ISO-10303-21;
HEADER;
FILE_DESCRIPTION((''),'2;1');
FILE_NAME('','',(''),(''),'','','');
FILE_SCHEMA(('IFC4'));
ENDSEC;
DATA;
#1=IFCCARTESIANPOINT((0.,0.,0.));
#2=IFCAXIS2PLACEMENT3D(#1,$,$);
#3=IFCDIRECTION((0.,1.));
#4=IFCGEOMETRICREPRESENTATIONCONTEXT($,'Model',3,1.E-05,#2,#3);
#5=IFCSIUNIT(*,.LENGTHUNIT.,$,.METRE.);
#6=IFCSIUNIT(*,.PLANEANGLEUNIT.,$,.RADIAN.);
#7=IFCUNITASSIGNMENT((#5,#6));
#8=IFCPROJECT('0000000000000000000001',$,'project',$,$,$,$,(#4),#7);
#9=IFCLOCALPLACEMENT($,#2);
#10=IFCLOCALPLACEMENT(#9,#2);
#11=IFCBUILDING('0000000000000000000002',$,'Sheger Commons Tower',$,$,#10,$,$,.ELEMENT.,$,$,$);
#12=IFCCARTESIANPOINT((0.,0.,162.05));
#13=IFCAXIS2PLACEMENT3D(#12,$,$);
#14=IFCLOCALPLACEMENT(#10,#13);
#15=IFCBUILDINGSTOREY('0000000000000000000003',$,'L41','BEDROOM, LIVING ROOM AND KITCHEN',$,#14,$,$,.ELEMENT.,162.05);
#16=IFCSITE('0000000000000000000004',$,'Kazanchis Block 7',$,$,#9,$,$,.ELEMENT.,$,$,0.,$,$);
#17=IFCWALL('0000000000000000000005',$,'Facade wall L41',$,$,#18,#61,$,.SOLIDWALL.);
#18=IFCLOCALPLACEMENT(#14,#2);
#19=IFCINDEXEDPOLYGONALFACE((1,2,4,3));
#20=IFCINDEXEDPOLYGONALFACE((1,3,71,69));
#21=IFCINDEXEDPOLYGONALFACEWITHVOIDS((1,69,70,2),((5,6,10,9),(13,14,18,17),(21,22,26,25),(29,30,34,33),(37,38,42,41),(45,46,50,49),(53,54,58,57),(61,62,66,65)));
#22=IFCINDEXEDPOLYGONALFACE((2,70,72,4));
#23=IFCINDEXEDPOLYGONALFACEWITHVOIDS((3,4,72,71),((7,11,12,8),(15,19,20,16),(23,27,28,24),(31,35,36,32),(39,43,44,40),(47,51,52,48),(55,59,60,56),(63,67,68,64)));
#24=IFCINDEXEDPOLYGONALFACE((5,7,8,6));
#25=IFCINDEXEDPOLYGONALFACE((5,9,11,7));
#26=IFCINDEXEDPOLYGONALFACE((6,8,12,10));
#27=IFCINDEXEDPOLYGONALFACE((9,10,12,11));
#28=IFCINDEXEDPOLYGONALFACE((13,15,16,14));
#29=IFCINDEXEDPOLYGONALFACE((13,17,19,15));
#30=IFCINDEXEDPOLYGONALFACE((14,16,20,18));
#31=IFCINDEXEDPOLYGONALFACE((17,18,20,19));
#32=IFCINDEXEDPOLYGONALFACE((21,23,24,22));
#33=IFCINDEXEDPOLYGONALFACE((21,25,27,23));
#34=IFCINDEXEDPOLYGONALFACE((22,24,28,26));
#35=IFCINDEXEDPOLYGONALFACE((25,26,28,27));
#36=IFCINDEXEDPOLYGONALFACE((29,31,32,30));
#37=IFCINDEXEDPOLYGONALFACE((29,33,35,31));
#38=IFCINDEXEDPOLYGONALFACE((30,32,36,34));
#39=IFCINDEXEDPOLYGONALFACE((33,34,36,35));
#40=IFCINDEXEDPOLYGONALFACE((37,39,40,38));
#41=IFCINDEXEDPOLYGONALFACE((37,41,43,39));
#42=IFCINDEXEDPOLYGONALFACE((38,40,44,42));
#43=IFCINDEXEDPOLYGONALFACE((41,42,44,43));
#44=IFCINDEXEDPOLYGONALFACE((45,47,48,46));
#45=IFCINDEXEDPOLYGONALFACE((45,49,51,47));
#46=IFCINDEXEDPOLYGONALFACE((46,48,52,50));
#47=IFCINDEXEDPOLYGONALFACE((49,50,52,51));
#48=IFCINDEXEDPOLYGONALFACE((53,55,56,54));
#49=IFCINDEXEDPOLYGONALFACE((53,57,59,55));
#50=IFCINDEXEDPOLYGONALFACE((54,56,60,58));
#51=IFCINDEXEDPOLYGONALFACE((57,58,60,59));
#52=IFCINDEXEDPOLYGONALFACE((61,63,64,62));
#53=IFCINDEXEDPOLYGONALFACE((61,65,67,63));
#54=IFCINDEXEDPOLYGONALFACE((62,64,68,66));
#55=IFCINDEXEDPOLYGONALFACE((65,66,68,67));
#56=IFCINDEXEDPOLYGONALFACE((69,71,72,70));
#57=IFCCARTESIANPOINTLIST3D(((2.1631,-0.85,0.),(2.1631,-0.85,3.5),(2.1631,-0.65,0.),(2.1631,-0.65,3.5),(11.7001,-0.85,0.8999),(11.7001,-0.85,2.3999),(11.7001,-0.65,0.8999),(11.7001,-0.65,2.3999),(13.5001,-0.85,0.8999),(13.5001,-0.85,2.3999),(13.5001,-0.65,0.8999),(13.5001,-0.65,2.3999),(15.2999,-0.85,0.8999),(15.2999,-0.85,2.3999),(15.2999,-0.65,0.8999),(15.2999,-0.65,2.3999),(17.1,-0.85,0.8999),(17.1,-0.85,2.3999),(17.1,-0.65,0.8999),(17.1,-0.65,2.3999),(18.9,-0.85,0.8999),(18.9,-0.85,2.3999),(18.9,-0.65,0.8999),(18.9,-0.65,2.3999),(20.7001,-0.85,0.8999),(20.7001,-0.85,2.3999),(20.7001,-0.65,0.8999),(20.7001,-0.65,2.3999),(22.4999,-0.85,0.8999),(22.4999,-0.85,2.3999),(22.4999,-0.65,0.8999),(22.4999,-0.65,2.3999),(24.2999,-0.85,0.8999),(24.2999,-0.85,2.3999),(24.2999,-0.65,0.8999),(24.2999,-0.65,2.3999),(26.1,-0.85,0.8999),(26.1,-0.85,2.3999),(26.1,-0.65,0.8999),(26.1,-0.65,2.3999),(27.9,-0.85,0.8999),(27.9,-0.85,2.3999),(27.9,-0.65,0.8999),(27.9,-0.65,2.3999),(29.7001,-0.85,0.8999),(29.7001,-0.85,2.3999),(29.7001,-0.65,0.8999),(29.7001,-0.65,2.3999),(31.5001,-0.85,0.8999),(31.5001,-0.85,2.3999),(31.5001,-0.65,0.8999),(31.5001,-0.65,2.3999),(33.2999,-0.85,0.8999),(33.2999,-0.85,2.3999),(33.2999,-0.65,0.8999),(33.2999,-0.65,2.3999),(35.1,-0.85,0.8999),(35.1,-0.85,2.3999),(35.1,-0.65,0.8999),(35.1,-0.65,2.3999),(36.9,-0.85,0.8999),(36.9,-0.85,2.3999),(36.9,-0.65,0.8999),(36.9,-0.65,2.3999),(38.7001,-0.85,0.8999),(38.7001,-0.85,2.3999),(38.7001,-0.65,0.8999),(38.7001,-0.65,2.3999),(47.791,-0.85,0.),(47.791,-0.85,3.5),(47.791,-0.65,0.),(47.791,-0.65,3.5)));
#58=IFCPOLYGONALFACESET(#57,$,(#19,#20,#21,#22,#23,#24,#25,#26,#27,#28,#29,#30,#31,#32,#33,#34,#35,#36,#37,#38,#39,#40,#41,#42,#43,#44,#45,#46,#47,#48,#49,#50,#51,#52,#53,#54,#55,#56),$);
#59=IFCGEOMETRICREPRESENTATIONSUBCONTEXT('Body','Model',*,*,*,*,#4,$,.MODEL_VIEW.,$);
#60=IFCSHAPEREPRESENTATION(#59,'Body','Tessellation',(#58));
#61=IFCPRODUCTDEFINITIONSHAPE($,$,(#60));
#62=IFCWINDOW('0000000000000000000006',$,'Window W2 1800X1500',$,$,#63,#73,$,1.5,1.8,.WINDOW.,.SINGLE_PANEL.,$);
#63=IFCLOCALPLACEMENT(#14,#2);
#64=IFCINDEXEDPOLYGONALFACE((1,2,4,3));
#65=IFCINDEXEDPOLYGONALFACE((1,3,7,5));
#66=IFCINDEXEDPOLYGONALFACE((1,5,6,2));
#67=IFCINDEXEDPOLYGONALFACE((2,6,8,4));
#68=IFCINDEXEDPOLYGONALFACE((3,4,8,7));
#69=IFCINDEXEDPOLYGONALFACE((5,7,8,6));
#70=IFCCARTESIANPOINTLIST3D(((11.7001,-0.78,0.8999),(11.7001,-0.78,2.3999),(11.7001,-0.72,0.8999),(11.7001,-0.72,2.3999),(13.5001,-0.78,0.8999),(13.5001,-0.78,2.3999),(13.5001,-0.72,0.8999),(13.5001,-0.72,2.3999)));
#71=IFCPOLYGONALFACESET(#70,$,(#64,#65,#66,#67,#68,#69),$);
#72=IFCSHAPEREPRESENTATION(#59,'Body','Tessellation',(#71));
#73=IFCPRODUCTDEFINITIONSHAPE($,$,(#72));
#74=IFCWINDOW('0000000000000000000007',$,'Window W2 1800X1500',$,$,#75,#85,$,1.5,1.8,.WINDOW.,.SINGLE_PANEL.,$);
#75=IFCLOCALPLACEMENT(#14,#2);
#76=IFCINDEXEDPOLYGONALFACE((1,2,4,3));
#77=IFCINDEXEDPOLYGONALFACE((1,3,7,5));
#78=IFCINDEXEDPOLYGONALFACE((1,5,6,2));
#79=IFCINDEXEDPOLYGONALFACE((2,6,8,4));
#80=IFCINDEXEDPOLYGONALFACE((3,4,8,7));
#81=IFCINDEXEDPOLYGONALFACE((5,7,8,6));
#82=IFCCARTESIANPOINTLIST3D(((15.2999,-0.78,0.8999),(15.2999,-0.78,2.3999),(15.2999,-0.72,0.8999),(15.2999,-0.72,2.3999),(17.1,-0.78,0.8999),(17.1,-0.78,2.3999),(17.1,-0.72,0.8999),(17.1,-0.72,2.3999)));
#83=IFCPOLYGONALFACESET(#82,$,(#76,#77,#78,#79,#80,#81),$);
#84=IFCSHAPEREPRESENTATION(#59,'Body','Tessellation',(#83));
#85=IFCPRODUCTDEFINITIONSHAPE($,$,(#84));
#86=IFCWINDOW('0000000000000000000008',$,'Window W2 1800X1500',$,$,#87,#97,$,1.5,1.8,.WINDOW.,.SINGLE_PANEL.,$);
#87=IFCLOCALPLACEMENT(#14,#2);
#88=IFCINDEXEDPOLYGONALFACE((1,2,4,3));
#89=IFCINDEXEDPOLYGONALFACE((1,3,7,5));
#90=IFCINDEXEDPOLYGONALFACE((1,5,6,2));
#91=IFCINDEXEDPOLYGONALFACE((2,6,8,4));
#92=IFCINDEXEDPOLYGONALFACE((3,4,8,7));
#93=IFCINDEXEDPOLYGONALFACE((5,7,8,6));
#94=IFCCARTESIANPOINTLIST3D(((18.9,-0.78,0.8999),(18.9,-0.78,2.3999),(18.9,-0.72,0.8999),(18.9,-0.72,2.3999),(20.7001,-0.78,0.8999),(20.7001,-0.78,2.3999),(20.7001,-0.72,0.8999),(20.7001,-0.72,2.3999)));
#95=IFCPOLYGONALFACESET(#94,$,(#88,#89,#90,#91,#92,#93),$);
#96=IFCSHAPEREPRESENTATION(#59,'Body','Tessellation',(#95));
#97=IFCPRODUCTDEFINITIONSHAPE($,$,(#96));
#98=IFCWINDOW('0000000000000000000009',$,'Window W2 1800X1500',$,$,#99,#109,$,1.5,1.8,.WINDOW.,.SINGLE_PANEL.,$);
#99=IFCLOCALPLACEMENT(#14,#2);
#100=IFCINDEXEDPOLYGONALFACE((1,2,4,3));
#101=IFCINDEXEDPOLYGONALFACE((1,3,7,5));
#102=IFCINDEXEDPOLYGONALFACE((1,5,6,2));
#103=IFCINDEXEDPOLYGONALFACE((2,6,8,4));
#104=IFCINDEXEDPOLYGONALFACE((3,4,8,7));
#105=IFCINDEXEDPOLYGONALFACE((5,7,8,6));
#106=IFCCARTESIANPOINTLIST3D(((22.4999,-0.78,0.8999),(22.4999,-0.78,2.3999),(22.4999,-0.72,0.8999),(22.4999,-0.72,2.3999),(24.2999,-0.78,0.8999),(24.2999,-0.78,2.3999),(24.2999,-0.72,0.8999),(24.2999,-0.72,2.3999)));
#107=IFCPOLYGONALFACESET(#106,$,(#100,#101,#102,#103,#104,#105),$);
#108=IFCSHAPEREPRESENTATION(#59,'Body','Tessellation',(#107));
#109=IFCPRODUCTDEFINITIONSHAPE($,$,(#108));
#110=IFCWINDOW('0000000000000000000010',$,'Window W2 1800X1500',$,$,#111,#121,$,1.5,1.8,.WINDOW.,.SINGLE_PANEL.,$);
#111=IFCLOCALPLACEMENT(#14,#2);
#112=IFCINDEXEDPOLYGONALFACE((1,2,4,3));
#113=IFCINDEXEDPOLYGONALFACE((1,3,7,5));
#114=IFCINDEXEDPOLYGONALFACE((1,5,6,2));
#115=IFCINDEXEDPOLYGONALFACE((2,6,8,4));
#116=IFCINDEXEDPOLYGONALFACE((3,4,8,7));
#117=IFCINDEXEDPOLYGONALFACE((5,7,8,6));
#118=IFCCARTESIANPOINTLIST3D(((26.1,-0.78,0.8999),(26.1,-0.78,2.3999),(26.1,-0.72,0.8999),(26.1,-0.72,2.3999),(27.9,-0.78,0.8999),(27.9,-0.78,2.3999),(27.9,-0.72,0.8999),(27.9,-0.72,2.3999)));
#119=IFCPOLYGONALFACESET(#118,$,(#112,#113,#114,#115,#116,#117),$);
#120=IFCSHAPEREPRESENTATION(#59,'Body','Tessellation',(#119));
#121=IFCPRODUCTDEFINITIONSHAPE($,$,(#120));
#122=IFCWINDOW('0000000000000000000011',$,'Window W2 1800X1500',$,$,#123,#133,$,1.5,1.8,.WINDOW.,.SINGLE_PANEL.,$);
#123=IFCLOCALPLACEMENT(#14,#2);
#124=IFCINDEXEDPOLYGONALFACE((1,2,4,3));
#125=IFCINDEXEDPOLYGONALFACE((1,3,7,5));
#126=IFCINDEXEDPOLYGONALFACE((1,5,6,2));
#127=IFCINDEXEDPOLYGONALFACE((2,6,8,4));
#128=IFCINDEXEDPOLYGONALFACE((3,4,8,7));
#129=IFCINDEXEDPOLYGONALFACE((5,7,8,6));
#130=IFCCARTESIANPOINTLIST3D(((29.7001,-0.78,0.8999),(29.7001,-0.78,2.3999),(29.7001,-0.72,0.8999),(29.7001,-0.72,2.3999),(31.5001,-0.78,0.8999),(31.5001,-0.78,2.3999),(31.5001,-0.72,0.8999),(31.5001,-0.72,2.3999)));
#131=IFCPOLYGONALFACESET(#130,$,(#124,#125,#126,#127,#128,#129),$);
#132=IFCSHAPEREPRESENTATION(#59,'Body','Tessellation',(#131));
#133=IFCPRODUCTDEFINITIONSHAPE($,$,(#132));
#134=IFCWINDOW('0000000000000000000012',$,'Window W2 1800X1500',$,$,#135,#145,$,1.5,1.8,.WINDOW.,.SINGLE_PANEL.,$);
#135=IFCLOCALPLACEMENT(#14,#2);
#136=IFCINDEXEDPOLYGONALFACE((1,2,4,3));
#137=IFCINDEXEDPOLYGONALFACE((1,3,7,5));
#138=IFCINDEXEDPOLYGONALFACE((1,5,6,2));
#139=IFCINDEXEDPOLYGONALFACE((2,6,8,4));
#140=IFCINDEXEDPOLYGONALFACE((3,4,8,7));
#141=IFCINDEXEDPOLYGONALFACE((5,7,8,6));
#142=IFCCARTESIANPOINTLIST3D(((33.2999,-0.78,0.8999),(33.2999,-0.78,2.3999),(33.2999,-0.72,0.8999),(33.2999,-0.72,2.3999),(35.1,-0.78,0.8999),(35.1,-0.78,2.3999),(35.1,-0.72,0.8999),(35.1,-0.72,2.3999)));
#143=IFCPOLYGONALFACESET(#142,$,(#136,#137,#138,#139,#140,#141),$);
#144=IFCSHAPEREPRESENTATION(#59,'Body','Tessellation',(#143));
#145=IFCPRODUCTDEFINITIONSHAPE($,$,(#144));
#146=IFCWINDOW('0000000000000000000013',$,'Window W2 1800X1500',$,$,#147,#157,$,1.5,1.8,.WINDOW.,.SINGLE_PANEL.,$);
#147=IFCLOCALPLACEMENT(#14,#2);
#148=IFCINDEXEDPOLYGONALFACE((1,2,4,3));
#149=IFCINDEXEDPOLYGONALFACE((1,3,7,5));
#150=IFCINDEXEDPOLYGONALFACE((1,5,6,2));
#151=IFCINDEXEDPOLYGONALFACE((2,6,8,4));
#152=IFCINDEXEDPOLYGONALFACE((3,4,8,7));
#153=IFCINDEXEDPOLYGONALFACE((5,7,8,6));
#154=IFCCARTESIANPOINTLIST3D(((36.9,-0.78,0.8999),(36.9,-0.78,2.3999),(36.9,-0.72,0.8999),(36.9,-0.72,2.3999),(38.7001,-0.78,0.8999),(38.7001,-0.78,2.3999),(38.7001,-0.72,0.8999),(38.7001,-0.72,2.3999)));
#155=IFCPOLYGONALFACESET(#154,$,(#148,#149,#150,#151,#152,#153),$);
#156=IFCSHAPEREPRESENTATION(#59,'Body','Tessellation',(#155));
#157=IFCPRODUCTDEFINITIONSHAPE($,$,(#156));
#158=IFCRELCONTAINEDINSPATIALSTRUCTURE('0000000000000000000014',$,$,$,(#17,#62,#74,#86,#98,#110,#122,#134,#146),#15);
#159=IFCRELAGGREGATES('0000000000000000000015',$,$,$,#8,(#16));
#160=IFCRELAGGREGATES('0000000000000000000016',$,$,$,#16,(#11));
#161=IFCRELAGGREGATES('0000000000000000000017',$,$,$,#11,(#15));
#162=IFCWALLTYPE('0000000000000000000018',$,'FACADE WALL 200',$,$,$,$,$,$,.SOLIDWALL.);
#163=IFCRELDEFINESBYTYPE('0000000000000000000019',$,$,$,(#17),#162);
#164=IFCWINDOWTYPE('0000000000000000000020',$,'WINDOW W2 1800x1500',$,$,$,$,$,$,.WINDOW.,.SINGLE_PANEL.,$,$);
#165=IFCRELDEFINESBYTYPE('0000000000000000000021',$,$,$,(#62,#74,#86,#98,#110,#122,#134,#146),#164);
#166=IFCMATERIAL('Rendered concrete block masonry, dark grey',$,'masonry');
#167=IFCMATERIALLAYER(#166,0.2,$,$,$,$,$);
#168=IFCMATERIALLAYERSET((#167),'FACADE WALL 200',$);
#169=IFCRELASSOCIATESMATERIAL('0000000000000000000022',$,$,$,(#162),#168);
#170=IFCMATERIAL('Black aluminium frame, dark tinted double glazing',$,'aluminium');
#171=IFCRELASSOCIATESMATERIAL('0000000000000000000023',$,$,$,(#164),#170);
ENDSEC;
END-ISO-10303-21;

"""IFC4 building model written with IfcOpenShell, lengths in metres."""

from ifc_helpers import new_model, si_unit, direction, frame, frame_2d, origin, place, context, subcontext, project, spatial, rectangle, extrude, material, layer, layer_set, type_object, element, fill, save


model = new_model("IFC4")

# Units and contexts
model_context = context("Model", 3, precision=1e-05, world=origin(), true_north=direction((0.0, 1.0)))
body_context = subcontext(model_context, "Body", "Model", "MODEL_VIEW")
ifc_project = project(units=[si_unit("LENGTHUNIT", "METRE"), si_unit("PLANEANGLEUNIT", "RADIAN")], contexts=[model_context])

# Site, building, storey
site_placement = place(None, origin())
site = spatial("IfcSite", under=ifc_project, at=site_placement, Name="Kazanchis Block 7", CompositionType="ELEMENT", RefElevation=0.0)
building_placement = place(site_placement, origin())
building = spatial("IfcBuilding", under=site, at=building_placement, Name="Sheger Commons Tower", CompositionType="ELEMENT")
storey_placement = place(building_placement, frame((0.0, 0.0, 162.05)))
storey = spatial("IfcBuildingStorey", under=building, at=storey_placement, Name="L41", Description="BEDROOM, LIVING ROOM AND KITCHEN", CompositionType="ELEMENT", Elevation=162.05)

# Wall, openings, windows
ifc_material_1 = material(Name="Rendered concrete block masonry, dark grey", Category="masonry")
ifc_layer_1 = layer(ifc_material_1, 0.2)
ifc_layer_set_1 = layer_set([ifc_layer_1], Name="FACADE WALL 200")
wall_type_1 = type_object("IfcWallType", Name="FACADE WALL 200", PredefinedType="SOLIDWALL", material=ifc_layer_set_1)
wall_1_placement = place(storey_placement, frame((2.1631, -0.75, 0.0), z_axis=(0.0, 0.0, 1.0), x_axis=(1.0, 0.0, 0.0)))
wall_1 = element("IfcWall", 1, at=wall_1_placement, inside=storey, type_object=wall_type_1, Name="Facade wall L41", PredefinedType="SOLIDWALL", context=body_context, shape_type="SweptSolid", body=[
    extrude(rectangle(XDim=45.6279, YDim=0.2, at=frame_2d((22.814, 0.0))), origin(), (0.0, 0.0, 1.0), 3.5),
])
opening_1_placement = place(wall_1_placement, frame((9.5371, 0.0, 0.8999)))
opening_1 = element("IfcOpeningElement", 2, at=opening_1_placement, cuts=wall_1, PredefinedType="OPENING", context=body_context, shape_type="SweptSolid", body=[
    extrude(rectangle(XDim=1.8, YDim=1.5, at=frame_2d((0.8999, 0.75))), frame((0.0, 0.1099, 0.0), z_axis=(0.0, -1.0, 0.0), x_axis=(1.0, 0.0, 0.0)), (0.0, 0.0, 1.0), 0.22),
])
opening_2_placement = place(wall_1_placement, frame((13.137, 0.0, 0.8999)))
opening_2 = element("IfcOpeningElement", 3, at=opening_2_placement, cuts=wall_1, PredefinedType="OPENING", context=body_context, shape_type="SweptSolid", body=[
    extrude(rectangle(XDim=1.8, YDim=1.5, at=frame_2d((0.8999, 0.75))), frame((0.0, 0.1099, 0.0), z_axis=(0.0, -1.0, 0.0), x_axis=(1.0, 0.0, 0.0)), (0.0, 0.0, 1.0), 0.22),
])
opening_3_placement = place(wall_1_placement, frame((16.7371, 0.0, 0.8999)))
opening_3 = element("IfcOpeningElement", 4, at=opening_3_placement, cuts=wall_1, PredefinedType="OPENING", context=body_context, shape_type="SweptSolid", body=[
    extrude(rectangle(XDim=1.8, YDim=1.5, at=frame_2d((0.8999, 0.75))), frame((0.0, 0.1099, 0.0), z_axis=(0.0, -1.0, 0.0), x_axis=(1.0, 0.0, 0.0)), (0.0, 0.0, 1.0), 0.22),
])
opening_4_placement = place(wall_1_placement, frame((20.3369, 0.0, 0.8999)))
opening_4 = element("IfcOpeningElement", 5, at=opening_4_placement, cuts=wall_1, PredefinedType="OPENING", context=body_context, shape_type="SweptSolid", body=[
    extrude(rectangle(XDim=1.8, YDim=1.5, at=frame_2d((0.8999, 0.75))), frame((0.0, 0.1099, 0.0), z_axis=(0.0, -1.0, 0.0), x_axis=(1.0, 0.0, 0.0)), (0.0, 0.0, 1.0), 0.22),
])
opening_5_placement = place(wall_1_placement, frame((23.937, 0.0, 0.8999)))
opening_5 = element("IfcOpeningElement", 6, at=opening_5_placement, cuts=wall_1, PredefinedType="OPENING", context=body_context, shape_type="SweptSolid", body=[
    extrude(rectangle(XDim=1.8, YDim=1.5, at=frame_2d((0.8999, 0.75))), frame((0.0, 0.1099, 0.0), z_axis=(0.0, -1.0, 0.0), x_axis=(1.0, 0.0, 0.0)), (0.0, 0.0, 1.0), 0.22),
])
opening_6_placement = place(wall_1_placement, frame((27.5371, 0.0, 0.8999)))
opening_6 = element("IfcOpeningElement", 7, at=opening_6_placement, cuts=wall_1, PredefinedType="OPENING", context=body_context, shape_type="SweptSolid", body=[
    extrude(rectangle(XDim=1.8, YDim=1.5, at=frame_2d((0.8999, 0.75))), frame((0.0, 0.1099, 0.0), z_axis=(0.0, -1.0, 0.0), x_axis=(1.0, 0.0, 0.0)), (0.0, 0.0, 1.0), 0.22),
])
opening_7_placement = place(wall_1_placement, frame((31.137, 0.0, 0.8999)))
opening_7 = element("IfcOpeningElement", 8, at=opening_7_placement, cuts=wall_1, PredefinedType="OPENING", context=body_context, shape_type="SweptSolid", body=[
    extrude(rectangle(XDim=1.8, YDim=1.5, at=frame_2d((0.8999, 0.75))), frame((0.0, 0.1099, 0.0), z_axis=(0.0, -1.0, 0.0), x_axis=(1.0, 0.0, 0.0)), (0.0, 0.0, 1.0), 0.22),
])
opening_8_placement = place(wall_1_placement, frame((34.7371, 0.0, 0.8999)))
opening_8 = element("IfcOpeningElement", 9, at=opening_8_placement, cuts=wall_1, PredefinedType="OPENING", context=body_context, shape_type="SweptSolid", body=[
    extrude(rectangle(XDim=1.8, YDim=1.5, at=frame_2d((0.8999, 0.75))), frame((0.0, 0.1099, 0.0), z_axis=(0.0, -1.0, 0.0), x_axis=(1.0, 0.0, 0.0)), (0.0, 0.0, 1.0), 0.22),
])
ifc_material_2 = material(Name="Black aluminium frame, dark tinted double glazing", Category="aluminium")
window_type = type_object("IfcWindowType", Name="WINDOW W2 1800x1500", PartitioningType="SINGLE_PANEL", PredefinedType="WINDOW", material=ifc_material_2)
window_1_placement = place(opening_1_placement, origin())
window_1 = element("IfcWindow", 10, at=window_1_placement, inside=storey, type_object=window_type, Name="Window W2 1800X1500", OverallHeight=1.5, OverallWidth=1.8, PartitioningType="SINGLE_PANEL", PredefinedType="WINDOW", context=body_context, shape_type="SweptSolid", body=[
    extrude(rectangle(XDim=1.8, YDim=1.5, at=frame_2d((0.8999, 0.75))), frame((0.0, 0.03, 0.0), z_axis=(0.0, -1.0, 0.0), x_axis=(1.0, 0.0, 0.0)), (0.0, 0.0, 1.0), 0.0601),
])
fill(opening_1, window_1)
window_2_placement = place(opening_2_placement, origin())
window_2 = element("IfcWindow", 11, at=window_2_placement, inside=storey, type_object=window_type, Name="Window W2 1800X1500", OverallHeight=1.5, OverallWidth=1.8, PartitioningType="SINGLE_PANEL", PredefinedType="WINDOW", context=body_context, shape_type="SweptSolid", body=[
    extrude(rectangle(XDim=1.8, YDim=1.5, at=frame_2d((0.8999, 0.75))), frame((0.0, 0.03, 0.0), z_axis=(0.0, -1.0, 0.0), x_axis=(1.0, 0.0, 0.0)), (0.0, 0.0, 1.0), 0.0601),
])
fill(opening_2, window_2)
window_3_placement = place(opening_3_placement, origin())
window_3 = element("IfcWindow", 12, at=window_3_placement, inside=storey, type_object=window_type, Name="Window W2 1800X1500", OverallHeight=1.5, OverallWidth=1.8, PartitioningType="SINGLE_PANEL", PredefinedType="WINDOW", context=body_context, shape_type="SweptSolid", body=[
    extrude(rectangle(XDim=1.8, YDim=1.5, at=frame_2d((0.8999, 0.75))), frame((0.0, 0.03, 0.0), z_axis=(0.0, -1.0, 0.0), x_axis=(1.0, 0.0, 0.0)), (0.0, 0.0, 1.0), 0.0601),
])
fill(opening_3, window_3)
window_4_placement = place(opening_4_placement, origin())
window_4 = element("IfcWindow", 13, at=window_4_placement, inside=storey, type_object=window_type, Name="Window W2 1800X1500", OverallHeight=1.5, OverallWidth=1.8, PartitioningType="SINGLE_PANEL", PredefinedType="WINDOW", context=body_context, shape_type="SweptSolid", body=[
    extrude(rectangle(XDim=1.8, YDim=1.5, at=frame_2d((0.8999, 0.75))), frame((0.0, 0.03, 0.0), z_axis=(0.0, -1.0, 0.0), x_axis=(1.0, 0.0, 0.0)), (0.0, 0.0, 1.0), 0.0601),
])
fill(opening_4, window_4)
window_5_placement = place(opening_5_placement, origin())
window_5 = element("IfcWindow", 14, at=window_5_placement, inside=storey, type_object=window_type, Name="Window W2 1800X1500", OverallHeight=1.5, OverallWidth=1.8, PartitioningType="SINGLE_PANEL", PredefinedType="WINDOW", context=body_context, shape_type="SweptSolid", body=[
    extrude(rectangle(XDim=1.8, YDim=1.5, at=frame_2d((0.8999, 0.75))), frame((0.0, 0.03, 0.0), z_axis=(0.0, -1.0, 0.0), x_axis=(1.0, 0.0, 0.0)), (0.0, 0.0, 1.0), 0.0601),
])
fill(opening_5, window_5)
window_6_placement = place(opening_6_placement, origin())
window_6 = element("IfcWindow", 15, at=window_6_placement, inside=storey, type_object=window_type, Name="Window W2 1800X1500", OverallHeight=1.5, OverallWidth=1.8, PartitioningType="SINGLE_PANEL", PredefinedType="WINDOW", context=body_context, shape_type="SweptSolid", body=[
    extrude(rectangle(XDim=1.8, YDim=1.5, at=frame_2d((0.8999, 0.75))), frame((0.0, 0.03, 0.0), z_axis=(0.0, -1.0, 0.0), x_axis=(1.0, 0.0, 0.0)), (0.0, 0.0, 1.0), 0.0601),
])
fill(opening_6, window_6)
window_7_placement = place(opening_7_placement, origin())
window_7 = element("IfcWindow", 16, at=window_7_placement, inside=storey, type_object=window_type, Name="Window W2 1800X1500", OverallHeight=1.5, OverallWidth=1.8, PartitioningType="SINGLE_PANEL", PredefinedType="WINDOW", context=body_context, shape_type="SweptSolid", body=[
    extrude(rectangle(XDim=1.8, YDim=1.5, at=frame_2d((0.8999, 0.75))), frame((0.0, 0.03, 0.0), z_axis=(0.0, -1.0, 0.0), x_axis=(1.0, 0.0, 0.0)), (0.0, 0.0, 1.0), 0.0601),
])
fill(opening_7, window_7)
window_8_placement = place(opening_8_placement, origin())
window_8 = element("IfcWindow", 17, at=window_8_placement, inside=storey, type_object=window_type, Name="Window W2 1800X1500", OverallHeight=1.5, OverallWidth=1.8, PartitioningType="SINGLE_PANEL", PredefinedType="WINDOW", context=body_context, shape_type="SweptSolid", body=[
    extrude(rectangle(XDim=1.8, YDim=1.5, at=frame_2d((0.8999, 0.75))), frame((0.0, 0.03, 0.0), z_axis=(0.0, -1.0, 0.0), x_axis=(1.0, 0.0, 0.0)), (0.0, 0.0, 1.0), 0.0601),
])
fill(opening_8, window_8)

save(model, "model.ifc")
